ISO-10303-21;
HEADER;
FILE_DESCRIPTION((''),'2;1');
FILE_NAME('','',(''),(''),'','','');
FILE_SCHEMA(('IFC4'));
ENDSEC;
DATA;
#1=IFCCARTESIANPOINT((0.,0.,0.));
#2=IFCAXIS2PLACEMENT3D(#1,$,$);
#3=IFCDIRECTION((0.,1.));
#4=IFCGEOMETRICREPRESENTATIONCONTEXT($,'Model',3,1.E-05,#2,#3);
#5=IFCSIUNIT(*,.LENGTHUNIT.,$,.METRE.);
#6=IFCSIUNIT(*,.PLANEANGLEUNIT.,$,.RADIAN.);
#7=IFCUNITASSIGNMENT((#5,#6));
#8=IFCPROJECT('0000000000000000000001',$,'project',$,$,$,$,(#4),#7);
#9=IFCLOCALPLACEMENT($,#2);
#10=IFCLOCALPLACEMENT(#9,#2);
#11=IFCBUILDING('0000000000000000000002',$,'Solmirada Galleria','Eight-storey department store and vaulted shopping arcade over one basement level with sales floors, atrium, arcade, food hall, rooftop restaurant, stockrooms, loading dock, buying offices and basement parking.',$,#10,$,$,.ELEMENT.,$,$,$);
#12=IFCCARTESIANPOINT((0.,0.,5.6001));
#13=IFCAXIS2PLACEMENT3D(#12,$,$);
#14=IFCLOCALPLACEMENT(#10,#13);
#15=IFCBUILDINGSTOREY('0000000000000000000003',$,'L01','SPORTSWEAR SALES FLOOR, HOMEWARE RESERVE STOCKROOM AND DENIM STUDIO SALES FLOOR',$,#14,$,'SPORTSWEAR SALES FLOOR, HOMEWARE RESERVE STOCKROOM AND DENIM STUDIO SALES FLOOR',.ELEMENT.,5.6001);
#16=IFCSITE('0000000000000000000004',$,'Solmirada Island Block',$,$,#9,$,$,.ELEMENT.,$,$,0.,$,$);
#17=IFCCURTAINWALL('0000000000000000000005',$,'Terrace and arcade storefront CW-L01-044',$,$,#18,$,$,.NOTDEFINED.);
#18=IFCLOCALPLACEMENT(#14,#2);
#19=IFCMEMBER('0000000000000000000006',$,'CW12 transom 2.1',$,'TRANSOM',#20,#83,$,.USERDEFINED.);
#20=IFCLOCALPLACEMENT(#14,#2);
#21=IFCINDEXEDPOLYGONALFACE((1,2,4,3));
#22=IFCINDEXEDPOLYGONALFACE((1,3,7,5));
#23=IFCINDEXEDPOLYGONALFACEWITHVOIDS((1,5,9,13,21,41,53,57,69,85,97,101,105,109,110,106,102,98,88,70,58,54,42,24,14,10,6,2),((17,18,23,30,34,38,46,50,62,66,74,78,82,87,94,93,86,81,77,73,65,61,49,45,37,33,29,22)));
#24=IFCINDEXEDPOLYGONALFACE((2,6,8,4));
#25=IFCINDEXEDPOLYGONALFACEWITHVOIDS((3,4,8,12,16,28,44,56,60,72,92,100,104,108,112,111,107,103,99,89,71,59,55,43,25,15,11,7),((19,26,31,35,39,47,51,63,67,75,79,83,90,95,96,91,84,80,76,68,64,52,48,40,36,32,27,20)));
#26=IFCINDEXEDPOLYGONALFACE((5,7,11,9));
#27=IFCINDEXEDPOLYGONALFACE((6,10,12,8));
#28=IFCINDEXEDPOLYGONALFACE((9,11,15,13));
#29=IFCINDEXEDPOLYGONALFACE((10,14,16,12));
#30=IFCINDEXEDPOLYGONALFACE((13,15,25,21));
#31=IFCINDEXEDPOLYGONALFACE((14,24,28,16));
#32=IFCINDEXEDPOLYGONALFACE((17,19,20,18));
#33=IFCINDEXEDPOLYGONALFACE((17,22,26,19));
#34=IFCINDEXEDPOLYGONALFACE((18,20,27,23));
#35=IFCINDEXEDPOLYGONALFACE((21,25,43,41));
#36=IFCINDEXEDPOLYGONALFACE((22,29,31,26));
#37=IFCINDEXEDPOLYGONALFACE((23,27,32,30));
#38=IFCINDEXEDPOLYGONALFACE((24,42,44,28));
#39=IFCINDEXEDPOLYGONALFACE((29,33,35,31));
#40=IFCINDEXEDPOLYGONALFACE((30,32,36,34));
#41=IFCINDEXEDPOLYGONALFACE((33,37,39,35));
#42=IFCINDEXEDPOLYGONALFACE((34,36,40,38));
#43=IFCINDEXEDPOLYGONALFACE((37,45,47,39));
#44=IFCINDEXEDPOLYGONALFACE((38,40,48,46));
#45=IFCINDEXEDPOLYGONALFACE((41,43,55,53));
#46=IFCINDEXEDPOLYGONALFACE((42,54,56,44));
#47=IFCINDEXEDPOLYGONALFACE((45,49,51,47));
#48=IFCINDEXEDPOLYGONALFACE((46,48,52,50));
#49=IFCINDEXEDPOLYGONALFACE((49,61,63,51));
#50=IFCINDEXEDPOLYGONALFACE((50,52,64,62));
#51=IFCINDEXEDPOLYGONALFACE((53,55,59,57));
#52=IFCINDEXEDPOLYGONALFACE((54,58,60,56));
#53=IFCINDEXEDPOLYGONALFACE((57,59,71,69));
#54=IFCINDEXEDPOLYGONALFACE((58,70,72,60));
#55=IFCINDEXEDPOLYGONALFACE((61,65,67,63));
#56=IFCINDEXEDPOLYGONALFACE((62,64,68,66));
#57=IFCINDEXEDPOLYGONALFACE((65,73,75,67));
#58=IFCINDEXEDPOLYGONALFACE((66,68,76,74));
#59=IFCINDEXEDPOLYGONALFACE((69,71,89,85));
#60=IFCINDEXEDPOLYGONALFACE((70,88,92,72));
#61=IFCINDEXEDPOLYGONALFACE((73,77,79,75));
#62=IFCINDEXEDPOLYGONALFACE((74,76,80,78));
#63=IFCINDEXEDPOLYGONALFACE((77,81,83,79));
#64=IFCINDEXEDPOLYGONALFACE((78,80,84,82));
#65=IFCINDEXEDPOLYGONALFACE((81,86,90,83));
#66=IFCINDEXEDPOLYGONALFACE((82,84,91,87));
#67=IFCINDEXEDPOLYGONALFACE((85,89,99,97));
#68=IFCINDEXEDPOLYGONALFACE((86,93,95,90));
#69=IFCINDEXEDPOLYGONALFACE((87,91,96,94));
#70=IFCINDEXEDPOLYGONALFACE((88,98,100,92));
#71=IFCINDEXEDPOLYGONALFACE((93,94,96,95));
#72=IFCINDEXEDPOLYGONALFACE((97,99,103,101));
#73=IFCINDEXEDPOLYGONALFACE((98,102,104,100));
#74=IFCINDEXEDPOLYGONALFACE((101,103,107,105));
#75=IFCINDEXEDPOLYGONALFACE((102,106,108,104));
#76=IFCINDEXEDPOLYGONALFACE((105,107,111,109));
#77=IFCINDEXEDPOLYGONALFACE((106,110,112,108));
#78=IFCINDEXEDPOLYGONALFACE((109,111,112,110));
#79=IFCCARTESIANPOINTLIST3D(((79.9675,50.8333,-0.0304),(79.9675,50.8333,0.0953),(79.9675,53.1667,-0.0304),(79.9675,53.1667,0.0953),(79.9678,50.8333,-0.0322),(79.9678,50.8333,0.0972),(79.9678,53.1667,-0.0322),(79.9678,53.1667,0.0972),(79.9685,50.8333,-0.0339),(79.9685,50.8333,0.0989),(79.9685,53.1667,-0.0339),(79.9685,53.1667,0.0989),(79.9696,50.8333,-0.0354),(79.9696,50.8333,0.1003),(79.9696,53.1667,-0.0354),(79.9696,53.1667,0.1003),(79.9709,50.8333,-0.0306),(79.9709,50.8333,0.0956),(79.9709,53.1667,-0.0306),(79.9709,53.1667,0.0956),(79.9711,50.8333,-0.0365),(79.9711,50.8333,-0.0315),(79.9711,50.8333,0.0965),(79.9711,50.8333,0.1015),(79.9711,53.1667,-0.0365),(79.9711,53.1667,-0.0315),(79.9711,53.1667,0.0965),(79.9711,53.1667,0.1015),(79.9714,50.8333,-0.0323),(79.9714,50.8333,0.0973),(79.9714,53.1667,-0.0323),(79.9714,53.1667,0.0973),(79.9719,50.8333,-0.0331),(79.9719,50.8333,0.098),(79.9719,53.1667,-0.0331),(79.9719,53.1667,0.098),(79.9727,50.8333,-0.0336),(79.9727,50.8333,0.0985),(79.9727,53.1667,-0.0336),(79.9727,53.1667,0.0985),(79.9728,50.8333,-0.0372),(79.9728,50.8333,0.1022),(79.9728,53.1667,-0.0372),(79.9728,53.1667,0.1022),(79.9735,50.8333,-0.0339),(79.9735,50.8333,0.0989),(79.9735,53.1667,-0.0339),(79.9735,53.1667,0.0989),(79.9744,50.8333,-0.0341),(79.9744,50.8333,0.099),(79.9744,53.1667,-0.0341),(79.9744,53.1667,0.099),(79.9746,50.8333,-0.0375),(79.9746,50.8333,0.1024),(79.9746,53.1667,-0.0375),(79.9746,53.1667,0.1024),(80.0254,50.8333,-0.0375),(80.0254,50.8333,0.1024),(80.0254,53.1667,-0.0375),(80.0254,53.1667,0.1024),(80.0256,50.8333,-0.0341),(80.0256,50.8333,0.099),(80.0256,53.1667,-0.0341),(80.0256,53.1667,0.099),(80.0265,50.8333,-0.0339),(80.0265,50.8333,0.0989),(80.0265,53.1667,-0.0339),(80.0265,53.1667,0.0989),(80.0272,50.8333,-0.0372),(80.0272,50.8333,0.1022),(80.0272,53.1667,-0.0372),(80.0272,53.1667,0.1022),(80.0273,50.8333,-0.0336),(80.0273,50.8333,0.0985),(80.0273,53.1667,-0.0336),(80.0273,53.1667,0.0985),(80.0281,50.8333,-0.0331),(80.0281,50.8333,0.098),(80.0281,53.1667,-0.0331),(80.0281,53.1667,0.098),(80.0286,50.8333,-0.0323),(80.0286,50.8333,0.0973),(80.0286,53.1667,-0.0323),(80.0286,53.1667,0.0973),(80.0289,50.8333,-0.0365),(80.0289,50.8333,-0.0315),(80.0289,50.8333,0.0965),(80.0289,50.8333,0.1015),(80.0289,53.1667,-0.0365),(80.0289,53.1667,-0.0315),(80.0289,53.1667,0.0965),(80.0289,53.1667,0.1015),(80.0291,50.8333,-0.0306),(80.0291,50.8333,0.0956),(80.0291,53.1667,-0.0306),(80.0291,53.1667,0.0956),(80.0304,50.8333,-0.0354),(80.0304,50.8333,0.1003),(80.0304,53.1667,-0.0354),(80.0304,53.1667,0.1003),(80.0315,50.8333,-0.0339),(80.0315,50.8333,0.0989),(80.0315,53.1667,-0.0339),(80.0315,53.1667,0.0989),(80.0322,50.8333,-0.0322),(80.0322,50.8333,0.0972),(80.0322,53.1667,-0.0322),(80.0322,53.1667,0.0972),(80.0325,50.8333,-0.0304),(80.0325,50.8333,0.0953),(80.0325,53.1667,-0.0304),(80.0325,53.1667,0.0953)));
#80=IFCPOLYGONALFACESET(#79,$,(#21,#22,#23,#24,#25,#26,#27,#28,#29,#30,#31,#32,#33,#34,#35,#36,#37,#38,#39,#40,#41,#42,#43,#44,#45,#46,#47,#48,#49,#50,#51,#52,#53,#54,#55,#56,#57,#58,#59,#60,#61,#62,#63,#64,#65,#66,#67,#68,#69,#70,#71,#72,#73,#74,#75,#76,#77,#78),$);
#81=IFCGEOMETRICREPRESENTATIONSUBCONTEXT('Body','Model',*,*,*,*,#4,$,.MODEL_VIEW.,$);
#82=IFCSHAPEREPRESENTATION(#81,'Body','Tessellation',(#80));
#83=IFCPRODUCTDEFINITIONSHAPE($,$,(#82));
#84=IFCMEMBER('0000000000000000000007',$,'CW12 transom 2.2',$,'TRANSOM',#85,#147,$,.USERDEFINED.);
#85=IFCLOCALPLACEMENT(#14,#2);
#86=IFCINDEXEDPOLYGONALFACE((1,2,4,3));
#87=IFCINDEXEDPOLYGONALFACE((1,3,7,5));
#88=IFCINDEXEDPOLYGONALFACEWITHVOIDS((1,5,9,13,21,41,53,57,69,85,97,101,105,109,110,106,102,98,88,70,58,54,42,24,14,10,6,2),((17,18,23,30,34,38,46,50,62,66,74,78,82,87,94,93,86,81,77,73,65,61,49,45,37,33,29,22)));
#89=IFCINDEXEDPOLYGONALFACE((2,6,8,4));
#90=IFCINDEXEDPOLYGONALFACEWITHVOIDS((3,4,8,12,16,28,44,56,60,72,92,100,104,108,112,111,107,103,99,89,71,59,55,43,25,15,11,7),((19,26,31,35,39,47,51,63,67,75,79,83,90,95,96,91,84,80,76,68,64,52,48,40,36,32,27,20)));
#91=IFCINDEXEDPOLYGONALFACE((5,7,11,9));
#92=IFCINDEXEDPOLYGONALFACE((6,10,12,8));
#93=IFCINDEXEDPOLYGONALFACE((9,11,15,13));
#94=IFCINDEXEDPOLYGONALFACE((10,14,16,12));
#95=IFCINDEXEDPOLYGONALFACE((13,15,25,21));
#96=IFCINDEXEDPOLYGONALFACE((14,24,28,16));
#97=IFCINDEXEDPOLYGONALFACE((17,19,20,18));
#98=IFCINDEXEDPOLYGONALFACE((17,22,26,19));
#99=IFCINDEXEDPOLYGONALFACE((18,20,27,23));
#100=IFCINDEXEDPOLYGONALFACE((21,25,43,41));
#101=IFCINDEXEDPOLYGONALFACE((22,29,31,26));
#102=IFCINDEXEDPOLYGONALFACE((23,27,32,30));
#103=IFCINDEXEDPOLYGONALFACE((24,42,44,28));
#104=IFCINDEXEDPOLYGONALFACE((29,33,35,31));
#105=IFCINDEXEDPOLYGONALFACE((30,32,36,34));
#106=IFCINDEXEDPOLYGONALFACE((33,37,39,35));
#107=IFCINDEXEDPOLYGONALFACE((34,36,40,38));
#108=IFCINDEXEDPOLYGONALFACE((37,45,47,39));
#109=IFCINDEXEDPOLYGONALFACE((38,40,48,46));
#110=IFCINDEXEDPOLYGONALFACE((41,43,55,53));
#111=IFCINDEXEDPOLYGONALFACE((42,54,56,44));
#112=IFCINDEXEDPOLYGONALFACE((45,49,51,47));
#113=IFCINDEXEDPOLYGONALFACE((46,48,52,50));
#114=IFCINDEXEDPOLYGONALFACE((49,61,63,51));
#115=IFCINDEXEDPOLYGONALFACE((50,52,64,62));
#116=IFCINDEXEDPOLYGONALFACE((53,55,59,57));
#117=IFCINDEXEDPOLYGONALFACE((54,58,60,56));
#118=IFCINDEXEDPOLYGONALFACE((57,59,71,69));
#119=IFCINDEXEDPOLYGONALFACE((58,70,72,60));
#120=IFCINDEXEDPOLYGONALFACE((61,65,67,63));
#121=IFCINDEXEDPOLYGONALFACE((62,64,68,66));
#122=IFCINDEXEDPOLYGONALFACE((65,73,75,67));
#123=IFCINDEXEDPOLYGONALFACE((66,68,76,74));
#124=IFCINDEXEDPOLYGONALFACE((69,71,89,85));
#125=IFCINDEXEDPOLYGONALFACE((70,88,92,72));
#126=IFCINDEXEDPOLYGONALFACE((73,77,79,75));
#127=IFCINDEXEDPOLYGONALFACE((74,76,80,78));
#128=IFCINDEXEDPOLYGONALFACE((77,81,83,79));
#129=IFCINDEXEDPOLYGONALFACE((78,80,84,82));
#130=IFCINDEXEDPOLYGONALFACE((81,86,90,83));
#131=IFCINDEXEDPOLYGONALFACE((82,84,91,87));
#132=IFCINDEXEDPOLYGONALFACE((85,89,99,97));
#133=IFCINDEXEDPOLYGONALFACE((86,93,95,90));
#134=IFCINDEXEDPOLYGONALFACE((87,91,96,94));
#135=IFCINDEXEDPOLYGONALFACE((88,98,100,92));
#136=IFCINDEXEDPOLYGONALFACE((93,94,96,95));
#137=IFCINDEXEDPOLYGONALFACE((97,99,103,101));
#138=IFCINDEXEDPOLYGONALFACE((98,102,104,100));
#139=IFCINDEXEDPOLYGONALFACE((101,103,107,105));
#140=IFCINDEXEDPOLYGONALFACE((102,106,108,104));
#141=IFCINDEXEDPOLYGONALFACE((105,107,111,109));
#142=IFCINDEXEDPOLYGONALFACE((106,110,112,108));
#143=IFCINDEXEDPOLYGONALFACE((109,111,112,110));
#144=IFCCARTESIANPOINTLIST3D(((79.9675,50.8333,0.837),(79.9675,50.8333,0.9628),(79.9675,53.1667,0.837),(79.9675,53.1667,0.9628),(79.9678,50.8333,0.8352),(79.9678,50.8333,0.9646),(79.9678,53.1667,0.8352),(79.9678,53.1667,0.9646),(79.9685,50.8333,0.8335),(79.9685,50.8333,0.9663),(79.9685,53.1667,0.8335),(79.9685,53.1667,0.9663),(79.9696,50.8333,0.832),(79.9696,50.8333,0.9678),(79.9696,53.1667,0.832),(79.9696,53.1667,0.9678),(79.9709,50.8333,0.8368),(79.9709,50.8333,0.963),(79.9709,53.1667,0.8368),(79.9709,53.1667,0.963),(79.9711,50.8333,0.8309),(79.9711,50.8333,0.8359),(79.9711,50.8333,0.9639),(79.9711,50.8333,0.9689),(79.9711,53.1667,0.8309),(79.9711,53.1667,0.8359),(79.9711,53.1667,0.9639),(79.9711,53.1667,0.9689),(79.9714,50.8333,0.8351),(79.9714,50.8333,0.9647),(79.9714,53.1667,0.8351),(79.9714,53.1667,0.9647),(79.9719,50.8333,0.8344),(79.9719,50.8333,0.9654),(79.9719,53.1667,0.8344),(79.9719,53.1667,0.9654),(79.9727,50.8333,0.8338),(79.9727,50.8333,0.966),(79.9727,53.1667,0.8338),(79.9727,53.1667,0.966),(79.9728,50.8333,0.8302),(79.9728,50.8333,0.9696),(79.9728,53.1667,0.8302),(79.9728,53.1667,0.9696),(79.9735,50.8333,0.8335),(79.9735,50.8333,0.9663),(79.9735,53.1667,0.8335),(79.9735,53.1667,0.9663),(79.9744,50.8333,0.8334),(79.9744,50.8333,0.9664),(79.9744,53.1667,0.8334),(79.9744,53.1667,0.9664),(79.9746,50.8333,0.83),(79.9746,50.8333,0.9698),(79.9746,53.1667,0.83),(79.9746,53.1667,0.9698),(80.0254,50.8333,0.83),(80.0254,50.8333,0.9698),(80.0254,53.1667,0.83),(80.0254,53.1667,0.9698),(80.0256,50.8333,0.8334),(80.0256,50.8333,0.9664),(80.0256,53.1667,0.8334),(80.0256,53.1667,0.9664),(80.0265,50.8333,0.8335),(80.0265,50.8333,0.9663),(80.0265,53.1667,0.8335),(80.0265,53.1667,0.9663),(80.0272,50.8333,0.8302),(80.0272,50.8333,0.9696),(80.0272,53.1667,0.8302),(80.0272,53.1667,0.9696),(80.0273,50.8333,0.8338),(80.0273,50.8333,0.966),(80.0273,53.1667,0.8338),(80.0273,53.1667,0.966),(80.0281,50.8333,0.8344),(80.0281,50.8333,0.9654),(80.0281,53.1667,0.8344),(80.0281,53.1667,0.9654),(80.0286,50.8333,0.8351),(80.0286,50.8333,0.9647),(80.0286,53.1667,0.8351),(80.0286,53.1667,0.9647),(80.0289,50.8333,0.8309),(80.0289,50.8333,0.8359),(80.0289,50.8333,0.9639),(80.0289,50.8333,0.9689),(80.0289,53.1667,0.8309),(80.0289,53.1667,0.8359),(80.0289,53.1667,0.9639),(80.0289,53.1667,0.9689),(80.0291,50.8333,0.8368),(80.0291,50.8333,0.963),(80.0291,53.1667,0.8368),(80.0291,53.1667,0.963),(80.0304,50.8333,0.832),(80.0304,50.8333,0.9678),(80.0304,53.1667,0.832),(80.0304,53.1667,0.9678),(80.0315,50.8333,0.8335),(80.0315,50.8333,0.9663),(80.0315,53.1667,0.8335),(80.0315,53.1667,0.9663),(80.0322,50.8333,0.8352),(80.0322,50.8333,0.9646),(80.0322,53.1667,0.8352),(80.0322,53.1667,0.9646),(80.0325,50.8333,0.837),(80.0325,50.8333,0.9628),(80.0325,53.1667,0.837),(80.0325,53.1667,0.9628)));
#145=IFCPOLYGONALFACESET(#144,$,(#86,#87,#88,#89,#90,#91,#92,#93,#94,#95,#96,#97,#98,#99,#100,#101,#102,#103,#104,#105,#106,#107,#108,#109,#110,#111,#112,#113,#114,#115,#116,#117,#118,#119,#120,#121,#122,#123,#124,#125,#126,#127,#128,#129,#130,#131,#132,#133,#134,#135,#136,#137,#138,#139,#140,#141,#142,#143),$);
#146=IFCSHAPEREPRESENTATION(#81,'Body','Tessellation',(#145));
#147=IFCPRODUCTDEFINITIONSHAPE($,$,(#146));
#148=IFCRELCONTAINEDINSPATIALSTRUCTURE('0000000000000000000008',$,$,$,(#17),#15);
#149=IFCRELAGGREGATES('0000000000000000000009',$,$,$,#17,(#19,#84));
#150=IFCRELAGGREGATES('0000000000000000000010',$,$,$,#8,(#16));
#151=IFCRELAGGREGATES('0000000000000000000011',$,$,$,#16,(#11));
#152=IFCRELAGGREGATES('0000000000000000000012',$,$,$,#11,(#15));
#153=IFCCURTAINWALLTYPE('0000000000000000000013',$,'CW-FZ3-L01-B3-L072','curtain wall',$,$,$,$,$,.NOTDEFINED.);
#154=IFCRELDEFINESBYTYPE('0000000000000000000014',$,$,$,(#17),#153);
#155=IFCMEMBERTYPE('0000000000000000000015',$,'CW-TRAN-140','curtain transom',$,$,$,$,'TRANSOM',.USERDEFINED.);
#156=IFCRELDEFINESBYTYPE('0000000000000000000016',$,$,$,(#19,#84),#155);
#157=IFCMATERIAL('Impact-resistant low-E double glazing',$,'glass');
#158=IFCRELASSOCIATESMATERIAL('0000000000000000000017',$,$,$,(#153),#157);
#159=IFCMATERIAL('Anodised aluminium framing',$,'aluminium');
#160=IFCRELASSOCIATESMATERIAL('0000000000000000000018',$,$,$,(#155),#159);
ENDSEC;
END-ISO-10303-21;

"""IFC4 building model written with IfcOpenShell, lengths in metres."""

from ifc_helpers import new_model, si_unit, direction, frame, origin, origin_2d, place, context, subcontext, project, spatial, hollow_rectangle, extrude, material, material_profile, profile_set, type_object, element, aggregate, save


model = new_model("IFC4")

# Units and contexts
model_context = context("Model", 3, precision=1e-05, world=origin(), true_north=direction((0.0, 1.0)))
body_context = subcontext(model_context, "Body", "Model", "MODEL_VIEW")
ifc_project = project(units=[si_unit("LENGTHUNIT", "METRE"), si_unit("PLANEANGLEUNIT", "RADIAN")], contexts=[model_context])

# Site, building, storey
site_placement = place(None, origin())
site = spatial("IfcSite", under=ifc_project, at=site_placement, Name="Solmirada Island Block", CompositionType="ELEMENT", RefElevation=0.0)
building_placement = place(site_placement, origin())
building = spatial("IfcBuilding", under=site, at=building_placement, Name="Solmirada Galleria", Description="Eight-storey department store and vaulted shopping arcade over one basement level with sales floors, atrium, arcade, food hall, rooftop restaurant, stockrooms, loading dock, buying offices and basement parking.", CompositionType="ELEMENT")
storey_placement = place(building_placement, frame((0.0, 0.0, 5.6001)))
storey = spatial("IfcBuildingStorey", under=building, at=storey_placement, Name="L01", Description="SPORTSWEAR SALES FLOOR, HOMEWARE RESERVE STOCKROOM AND DENIM STUDIO SALES FLOOR", LongName="SPORTSWEAR SALES FLOOR, HOMEWARE RESERVE STOCKROOM AND DENIM STUDIO SALES FLOOR", CompositionType="ELEMENT", Elevation=5.6001)

# Curtain wall, members
ifc_material_1 = material(Name="Impact-resistant low-E double glazing", Category="glass")
curtain_wall_type = type_object("IfcCurtainWallType", Name="CW-FZ3-L01-B3-L072", Description="curtain wall", PredefinedType="NOTDEFINED", material=ifc_material_1)
curtain_wall_placement = place(storey_placement, origin())
curtain_wall = element("IfcCurtainWall", 1, at=curtain_wall_placement, inside=storey, type_object=curtain_wall_type, Name="Terrace and arcade storefront CW-L01-044", PredefinedType="NOTDEFINED")
ifc_material_2 = material(Name="Anodised aluminium framing", Category="aluminium")
ifc_material_profile_1 = material_profile(ifc_material_2, hollow_rectangle(XDim=0.0649, YDim=0.1399, WallThickness=0.0034, InnerFilletRadius=0.0034, OuterFilletRadius=0.0071, at=origin_2d()), Name="ALU-TRAN-140X65")
ifc_profile_set_1 = profile_set([ifc_material_profile_1], Name="Anodised aluminium framing")
member_type_1 = type_object("IfcMemberType", Name="CW-TRAN-140", Description="curtain transom", ElementType="TRANSOM", PredefinedType="USERDEFINED", material=ifc_profile_set_1)
member_1_placement = place(storey_placement, frame((80.0, 50.8333, 0.0325), z_axis=(0.0, 1.0, 0.0), x_axis=(-1.0, 0.0, 0.0)))
member_1 = element("IfcMember", 2, at=member_1_placement, type_object=member_type_1, Name="CW12 transom 2.1", ObjectType="TRANSOM", PredefinedType="USERDEFINED", context=body_context, shape_type="SweptSolid", body=[
    extrude(hollow_rectangle(XDim=0.0649, YDim=0.1399, WallThickness=0.0034, InnerFilletRadius=0.0034, OuterFilletRadius=0.0071, at=origin_2d()), origin(), (0.0, 0.0, 1.0), 2.3335),
])
member_2_placement = place(storey_placement, frame((80.0, 50.8333, 0.8999), z_axis=(0.0, 1.0, 0.0), x_axis=(-1.0, 0.0, 0.0)))
member_2 = element("IfcMember", 3, at=member_2_placement, type_object=member_type_1, Name="CW12 transom 2.2", ObjectType="TRANSOM", PredefinedType="USERDEFINED", context=body_context, shape_type="SweptSolid", body=[
    extrude(hollow_rectangle(XDim=0.0649, YDim=0.1399, WallThickness=0.0034, InnerFilletRadius=0.0034, OuterFilletRadius=0.0071, at=origin_2d()), origin(), (0.0, 0.0, 1.0), 2.3335),
])
aggregate(curtain_wall, [member_1, member_2])

save(model, "model.ifc")
